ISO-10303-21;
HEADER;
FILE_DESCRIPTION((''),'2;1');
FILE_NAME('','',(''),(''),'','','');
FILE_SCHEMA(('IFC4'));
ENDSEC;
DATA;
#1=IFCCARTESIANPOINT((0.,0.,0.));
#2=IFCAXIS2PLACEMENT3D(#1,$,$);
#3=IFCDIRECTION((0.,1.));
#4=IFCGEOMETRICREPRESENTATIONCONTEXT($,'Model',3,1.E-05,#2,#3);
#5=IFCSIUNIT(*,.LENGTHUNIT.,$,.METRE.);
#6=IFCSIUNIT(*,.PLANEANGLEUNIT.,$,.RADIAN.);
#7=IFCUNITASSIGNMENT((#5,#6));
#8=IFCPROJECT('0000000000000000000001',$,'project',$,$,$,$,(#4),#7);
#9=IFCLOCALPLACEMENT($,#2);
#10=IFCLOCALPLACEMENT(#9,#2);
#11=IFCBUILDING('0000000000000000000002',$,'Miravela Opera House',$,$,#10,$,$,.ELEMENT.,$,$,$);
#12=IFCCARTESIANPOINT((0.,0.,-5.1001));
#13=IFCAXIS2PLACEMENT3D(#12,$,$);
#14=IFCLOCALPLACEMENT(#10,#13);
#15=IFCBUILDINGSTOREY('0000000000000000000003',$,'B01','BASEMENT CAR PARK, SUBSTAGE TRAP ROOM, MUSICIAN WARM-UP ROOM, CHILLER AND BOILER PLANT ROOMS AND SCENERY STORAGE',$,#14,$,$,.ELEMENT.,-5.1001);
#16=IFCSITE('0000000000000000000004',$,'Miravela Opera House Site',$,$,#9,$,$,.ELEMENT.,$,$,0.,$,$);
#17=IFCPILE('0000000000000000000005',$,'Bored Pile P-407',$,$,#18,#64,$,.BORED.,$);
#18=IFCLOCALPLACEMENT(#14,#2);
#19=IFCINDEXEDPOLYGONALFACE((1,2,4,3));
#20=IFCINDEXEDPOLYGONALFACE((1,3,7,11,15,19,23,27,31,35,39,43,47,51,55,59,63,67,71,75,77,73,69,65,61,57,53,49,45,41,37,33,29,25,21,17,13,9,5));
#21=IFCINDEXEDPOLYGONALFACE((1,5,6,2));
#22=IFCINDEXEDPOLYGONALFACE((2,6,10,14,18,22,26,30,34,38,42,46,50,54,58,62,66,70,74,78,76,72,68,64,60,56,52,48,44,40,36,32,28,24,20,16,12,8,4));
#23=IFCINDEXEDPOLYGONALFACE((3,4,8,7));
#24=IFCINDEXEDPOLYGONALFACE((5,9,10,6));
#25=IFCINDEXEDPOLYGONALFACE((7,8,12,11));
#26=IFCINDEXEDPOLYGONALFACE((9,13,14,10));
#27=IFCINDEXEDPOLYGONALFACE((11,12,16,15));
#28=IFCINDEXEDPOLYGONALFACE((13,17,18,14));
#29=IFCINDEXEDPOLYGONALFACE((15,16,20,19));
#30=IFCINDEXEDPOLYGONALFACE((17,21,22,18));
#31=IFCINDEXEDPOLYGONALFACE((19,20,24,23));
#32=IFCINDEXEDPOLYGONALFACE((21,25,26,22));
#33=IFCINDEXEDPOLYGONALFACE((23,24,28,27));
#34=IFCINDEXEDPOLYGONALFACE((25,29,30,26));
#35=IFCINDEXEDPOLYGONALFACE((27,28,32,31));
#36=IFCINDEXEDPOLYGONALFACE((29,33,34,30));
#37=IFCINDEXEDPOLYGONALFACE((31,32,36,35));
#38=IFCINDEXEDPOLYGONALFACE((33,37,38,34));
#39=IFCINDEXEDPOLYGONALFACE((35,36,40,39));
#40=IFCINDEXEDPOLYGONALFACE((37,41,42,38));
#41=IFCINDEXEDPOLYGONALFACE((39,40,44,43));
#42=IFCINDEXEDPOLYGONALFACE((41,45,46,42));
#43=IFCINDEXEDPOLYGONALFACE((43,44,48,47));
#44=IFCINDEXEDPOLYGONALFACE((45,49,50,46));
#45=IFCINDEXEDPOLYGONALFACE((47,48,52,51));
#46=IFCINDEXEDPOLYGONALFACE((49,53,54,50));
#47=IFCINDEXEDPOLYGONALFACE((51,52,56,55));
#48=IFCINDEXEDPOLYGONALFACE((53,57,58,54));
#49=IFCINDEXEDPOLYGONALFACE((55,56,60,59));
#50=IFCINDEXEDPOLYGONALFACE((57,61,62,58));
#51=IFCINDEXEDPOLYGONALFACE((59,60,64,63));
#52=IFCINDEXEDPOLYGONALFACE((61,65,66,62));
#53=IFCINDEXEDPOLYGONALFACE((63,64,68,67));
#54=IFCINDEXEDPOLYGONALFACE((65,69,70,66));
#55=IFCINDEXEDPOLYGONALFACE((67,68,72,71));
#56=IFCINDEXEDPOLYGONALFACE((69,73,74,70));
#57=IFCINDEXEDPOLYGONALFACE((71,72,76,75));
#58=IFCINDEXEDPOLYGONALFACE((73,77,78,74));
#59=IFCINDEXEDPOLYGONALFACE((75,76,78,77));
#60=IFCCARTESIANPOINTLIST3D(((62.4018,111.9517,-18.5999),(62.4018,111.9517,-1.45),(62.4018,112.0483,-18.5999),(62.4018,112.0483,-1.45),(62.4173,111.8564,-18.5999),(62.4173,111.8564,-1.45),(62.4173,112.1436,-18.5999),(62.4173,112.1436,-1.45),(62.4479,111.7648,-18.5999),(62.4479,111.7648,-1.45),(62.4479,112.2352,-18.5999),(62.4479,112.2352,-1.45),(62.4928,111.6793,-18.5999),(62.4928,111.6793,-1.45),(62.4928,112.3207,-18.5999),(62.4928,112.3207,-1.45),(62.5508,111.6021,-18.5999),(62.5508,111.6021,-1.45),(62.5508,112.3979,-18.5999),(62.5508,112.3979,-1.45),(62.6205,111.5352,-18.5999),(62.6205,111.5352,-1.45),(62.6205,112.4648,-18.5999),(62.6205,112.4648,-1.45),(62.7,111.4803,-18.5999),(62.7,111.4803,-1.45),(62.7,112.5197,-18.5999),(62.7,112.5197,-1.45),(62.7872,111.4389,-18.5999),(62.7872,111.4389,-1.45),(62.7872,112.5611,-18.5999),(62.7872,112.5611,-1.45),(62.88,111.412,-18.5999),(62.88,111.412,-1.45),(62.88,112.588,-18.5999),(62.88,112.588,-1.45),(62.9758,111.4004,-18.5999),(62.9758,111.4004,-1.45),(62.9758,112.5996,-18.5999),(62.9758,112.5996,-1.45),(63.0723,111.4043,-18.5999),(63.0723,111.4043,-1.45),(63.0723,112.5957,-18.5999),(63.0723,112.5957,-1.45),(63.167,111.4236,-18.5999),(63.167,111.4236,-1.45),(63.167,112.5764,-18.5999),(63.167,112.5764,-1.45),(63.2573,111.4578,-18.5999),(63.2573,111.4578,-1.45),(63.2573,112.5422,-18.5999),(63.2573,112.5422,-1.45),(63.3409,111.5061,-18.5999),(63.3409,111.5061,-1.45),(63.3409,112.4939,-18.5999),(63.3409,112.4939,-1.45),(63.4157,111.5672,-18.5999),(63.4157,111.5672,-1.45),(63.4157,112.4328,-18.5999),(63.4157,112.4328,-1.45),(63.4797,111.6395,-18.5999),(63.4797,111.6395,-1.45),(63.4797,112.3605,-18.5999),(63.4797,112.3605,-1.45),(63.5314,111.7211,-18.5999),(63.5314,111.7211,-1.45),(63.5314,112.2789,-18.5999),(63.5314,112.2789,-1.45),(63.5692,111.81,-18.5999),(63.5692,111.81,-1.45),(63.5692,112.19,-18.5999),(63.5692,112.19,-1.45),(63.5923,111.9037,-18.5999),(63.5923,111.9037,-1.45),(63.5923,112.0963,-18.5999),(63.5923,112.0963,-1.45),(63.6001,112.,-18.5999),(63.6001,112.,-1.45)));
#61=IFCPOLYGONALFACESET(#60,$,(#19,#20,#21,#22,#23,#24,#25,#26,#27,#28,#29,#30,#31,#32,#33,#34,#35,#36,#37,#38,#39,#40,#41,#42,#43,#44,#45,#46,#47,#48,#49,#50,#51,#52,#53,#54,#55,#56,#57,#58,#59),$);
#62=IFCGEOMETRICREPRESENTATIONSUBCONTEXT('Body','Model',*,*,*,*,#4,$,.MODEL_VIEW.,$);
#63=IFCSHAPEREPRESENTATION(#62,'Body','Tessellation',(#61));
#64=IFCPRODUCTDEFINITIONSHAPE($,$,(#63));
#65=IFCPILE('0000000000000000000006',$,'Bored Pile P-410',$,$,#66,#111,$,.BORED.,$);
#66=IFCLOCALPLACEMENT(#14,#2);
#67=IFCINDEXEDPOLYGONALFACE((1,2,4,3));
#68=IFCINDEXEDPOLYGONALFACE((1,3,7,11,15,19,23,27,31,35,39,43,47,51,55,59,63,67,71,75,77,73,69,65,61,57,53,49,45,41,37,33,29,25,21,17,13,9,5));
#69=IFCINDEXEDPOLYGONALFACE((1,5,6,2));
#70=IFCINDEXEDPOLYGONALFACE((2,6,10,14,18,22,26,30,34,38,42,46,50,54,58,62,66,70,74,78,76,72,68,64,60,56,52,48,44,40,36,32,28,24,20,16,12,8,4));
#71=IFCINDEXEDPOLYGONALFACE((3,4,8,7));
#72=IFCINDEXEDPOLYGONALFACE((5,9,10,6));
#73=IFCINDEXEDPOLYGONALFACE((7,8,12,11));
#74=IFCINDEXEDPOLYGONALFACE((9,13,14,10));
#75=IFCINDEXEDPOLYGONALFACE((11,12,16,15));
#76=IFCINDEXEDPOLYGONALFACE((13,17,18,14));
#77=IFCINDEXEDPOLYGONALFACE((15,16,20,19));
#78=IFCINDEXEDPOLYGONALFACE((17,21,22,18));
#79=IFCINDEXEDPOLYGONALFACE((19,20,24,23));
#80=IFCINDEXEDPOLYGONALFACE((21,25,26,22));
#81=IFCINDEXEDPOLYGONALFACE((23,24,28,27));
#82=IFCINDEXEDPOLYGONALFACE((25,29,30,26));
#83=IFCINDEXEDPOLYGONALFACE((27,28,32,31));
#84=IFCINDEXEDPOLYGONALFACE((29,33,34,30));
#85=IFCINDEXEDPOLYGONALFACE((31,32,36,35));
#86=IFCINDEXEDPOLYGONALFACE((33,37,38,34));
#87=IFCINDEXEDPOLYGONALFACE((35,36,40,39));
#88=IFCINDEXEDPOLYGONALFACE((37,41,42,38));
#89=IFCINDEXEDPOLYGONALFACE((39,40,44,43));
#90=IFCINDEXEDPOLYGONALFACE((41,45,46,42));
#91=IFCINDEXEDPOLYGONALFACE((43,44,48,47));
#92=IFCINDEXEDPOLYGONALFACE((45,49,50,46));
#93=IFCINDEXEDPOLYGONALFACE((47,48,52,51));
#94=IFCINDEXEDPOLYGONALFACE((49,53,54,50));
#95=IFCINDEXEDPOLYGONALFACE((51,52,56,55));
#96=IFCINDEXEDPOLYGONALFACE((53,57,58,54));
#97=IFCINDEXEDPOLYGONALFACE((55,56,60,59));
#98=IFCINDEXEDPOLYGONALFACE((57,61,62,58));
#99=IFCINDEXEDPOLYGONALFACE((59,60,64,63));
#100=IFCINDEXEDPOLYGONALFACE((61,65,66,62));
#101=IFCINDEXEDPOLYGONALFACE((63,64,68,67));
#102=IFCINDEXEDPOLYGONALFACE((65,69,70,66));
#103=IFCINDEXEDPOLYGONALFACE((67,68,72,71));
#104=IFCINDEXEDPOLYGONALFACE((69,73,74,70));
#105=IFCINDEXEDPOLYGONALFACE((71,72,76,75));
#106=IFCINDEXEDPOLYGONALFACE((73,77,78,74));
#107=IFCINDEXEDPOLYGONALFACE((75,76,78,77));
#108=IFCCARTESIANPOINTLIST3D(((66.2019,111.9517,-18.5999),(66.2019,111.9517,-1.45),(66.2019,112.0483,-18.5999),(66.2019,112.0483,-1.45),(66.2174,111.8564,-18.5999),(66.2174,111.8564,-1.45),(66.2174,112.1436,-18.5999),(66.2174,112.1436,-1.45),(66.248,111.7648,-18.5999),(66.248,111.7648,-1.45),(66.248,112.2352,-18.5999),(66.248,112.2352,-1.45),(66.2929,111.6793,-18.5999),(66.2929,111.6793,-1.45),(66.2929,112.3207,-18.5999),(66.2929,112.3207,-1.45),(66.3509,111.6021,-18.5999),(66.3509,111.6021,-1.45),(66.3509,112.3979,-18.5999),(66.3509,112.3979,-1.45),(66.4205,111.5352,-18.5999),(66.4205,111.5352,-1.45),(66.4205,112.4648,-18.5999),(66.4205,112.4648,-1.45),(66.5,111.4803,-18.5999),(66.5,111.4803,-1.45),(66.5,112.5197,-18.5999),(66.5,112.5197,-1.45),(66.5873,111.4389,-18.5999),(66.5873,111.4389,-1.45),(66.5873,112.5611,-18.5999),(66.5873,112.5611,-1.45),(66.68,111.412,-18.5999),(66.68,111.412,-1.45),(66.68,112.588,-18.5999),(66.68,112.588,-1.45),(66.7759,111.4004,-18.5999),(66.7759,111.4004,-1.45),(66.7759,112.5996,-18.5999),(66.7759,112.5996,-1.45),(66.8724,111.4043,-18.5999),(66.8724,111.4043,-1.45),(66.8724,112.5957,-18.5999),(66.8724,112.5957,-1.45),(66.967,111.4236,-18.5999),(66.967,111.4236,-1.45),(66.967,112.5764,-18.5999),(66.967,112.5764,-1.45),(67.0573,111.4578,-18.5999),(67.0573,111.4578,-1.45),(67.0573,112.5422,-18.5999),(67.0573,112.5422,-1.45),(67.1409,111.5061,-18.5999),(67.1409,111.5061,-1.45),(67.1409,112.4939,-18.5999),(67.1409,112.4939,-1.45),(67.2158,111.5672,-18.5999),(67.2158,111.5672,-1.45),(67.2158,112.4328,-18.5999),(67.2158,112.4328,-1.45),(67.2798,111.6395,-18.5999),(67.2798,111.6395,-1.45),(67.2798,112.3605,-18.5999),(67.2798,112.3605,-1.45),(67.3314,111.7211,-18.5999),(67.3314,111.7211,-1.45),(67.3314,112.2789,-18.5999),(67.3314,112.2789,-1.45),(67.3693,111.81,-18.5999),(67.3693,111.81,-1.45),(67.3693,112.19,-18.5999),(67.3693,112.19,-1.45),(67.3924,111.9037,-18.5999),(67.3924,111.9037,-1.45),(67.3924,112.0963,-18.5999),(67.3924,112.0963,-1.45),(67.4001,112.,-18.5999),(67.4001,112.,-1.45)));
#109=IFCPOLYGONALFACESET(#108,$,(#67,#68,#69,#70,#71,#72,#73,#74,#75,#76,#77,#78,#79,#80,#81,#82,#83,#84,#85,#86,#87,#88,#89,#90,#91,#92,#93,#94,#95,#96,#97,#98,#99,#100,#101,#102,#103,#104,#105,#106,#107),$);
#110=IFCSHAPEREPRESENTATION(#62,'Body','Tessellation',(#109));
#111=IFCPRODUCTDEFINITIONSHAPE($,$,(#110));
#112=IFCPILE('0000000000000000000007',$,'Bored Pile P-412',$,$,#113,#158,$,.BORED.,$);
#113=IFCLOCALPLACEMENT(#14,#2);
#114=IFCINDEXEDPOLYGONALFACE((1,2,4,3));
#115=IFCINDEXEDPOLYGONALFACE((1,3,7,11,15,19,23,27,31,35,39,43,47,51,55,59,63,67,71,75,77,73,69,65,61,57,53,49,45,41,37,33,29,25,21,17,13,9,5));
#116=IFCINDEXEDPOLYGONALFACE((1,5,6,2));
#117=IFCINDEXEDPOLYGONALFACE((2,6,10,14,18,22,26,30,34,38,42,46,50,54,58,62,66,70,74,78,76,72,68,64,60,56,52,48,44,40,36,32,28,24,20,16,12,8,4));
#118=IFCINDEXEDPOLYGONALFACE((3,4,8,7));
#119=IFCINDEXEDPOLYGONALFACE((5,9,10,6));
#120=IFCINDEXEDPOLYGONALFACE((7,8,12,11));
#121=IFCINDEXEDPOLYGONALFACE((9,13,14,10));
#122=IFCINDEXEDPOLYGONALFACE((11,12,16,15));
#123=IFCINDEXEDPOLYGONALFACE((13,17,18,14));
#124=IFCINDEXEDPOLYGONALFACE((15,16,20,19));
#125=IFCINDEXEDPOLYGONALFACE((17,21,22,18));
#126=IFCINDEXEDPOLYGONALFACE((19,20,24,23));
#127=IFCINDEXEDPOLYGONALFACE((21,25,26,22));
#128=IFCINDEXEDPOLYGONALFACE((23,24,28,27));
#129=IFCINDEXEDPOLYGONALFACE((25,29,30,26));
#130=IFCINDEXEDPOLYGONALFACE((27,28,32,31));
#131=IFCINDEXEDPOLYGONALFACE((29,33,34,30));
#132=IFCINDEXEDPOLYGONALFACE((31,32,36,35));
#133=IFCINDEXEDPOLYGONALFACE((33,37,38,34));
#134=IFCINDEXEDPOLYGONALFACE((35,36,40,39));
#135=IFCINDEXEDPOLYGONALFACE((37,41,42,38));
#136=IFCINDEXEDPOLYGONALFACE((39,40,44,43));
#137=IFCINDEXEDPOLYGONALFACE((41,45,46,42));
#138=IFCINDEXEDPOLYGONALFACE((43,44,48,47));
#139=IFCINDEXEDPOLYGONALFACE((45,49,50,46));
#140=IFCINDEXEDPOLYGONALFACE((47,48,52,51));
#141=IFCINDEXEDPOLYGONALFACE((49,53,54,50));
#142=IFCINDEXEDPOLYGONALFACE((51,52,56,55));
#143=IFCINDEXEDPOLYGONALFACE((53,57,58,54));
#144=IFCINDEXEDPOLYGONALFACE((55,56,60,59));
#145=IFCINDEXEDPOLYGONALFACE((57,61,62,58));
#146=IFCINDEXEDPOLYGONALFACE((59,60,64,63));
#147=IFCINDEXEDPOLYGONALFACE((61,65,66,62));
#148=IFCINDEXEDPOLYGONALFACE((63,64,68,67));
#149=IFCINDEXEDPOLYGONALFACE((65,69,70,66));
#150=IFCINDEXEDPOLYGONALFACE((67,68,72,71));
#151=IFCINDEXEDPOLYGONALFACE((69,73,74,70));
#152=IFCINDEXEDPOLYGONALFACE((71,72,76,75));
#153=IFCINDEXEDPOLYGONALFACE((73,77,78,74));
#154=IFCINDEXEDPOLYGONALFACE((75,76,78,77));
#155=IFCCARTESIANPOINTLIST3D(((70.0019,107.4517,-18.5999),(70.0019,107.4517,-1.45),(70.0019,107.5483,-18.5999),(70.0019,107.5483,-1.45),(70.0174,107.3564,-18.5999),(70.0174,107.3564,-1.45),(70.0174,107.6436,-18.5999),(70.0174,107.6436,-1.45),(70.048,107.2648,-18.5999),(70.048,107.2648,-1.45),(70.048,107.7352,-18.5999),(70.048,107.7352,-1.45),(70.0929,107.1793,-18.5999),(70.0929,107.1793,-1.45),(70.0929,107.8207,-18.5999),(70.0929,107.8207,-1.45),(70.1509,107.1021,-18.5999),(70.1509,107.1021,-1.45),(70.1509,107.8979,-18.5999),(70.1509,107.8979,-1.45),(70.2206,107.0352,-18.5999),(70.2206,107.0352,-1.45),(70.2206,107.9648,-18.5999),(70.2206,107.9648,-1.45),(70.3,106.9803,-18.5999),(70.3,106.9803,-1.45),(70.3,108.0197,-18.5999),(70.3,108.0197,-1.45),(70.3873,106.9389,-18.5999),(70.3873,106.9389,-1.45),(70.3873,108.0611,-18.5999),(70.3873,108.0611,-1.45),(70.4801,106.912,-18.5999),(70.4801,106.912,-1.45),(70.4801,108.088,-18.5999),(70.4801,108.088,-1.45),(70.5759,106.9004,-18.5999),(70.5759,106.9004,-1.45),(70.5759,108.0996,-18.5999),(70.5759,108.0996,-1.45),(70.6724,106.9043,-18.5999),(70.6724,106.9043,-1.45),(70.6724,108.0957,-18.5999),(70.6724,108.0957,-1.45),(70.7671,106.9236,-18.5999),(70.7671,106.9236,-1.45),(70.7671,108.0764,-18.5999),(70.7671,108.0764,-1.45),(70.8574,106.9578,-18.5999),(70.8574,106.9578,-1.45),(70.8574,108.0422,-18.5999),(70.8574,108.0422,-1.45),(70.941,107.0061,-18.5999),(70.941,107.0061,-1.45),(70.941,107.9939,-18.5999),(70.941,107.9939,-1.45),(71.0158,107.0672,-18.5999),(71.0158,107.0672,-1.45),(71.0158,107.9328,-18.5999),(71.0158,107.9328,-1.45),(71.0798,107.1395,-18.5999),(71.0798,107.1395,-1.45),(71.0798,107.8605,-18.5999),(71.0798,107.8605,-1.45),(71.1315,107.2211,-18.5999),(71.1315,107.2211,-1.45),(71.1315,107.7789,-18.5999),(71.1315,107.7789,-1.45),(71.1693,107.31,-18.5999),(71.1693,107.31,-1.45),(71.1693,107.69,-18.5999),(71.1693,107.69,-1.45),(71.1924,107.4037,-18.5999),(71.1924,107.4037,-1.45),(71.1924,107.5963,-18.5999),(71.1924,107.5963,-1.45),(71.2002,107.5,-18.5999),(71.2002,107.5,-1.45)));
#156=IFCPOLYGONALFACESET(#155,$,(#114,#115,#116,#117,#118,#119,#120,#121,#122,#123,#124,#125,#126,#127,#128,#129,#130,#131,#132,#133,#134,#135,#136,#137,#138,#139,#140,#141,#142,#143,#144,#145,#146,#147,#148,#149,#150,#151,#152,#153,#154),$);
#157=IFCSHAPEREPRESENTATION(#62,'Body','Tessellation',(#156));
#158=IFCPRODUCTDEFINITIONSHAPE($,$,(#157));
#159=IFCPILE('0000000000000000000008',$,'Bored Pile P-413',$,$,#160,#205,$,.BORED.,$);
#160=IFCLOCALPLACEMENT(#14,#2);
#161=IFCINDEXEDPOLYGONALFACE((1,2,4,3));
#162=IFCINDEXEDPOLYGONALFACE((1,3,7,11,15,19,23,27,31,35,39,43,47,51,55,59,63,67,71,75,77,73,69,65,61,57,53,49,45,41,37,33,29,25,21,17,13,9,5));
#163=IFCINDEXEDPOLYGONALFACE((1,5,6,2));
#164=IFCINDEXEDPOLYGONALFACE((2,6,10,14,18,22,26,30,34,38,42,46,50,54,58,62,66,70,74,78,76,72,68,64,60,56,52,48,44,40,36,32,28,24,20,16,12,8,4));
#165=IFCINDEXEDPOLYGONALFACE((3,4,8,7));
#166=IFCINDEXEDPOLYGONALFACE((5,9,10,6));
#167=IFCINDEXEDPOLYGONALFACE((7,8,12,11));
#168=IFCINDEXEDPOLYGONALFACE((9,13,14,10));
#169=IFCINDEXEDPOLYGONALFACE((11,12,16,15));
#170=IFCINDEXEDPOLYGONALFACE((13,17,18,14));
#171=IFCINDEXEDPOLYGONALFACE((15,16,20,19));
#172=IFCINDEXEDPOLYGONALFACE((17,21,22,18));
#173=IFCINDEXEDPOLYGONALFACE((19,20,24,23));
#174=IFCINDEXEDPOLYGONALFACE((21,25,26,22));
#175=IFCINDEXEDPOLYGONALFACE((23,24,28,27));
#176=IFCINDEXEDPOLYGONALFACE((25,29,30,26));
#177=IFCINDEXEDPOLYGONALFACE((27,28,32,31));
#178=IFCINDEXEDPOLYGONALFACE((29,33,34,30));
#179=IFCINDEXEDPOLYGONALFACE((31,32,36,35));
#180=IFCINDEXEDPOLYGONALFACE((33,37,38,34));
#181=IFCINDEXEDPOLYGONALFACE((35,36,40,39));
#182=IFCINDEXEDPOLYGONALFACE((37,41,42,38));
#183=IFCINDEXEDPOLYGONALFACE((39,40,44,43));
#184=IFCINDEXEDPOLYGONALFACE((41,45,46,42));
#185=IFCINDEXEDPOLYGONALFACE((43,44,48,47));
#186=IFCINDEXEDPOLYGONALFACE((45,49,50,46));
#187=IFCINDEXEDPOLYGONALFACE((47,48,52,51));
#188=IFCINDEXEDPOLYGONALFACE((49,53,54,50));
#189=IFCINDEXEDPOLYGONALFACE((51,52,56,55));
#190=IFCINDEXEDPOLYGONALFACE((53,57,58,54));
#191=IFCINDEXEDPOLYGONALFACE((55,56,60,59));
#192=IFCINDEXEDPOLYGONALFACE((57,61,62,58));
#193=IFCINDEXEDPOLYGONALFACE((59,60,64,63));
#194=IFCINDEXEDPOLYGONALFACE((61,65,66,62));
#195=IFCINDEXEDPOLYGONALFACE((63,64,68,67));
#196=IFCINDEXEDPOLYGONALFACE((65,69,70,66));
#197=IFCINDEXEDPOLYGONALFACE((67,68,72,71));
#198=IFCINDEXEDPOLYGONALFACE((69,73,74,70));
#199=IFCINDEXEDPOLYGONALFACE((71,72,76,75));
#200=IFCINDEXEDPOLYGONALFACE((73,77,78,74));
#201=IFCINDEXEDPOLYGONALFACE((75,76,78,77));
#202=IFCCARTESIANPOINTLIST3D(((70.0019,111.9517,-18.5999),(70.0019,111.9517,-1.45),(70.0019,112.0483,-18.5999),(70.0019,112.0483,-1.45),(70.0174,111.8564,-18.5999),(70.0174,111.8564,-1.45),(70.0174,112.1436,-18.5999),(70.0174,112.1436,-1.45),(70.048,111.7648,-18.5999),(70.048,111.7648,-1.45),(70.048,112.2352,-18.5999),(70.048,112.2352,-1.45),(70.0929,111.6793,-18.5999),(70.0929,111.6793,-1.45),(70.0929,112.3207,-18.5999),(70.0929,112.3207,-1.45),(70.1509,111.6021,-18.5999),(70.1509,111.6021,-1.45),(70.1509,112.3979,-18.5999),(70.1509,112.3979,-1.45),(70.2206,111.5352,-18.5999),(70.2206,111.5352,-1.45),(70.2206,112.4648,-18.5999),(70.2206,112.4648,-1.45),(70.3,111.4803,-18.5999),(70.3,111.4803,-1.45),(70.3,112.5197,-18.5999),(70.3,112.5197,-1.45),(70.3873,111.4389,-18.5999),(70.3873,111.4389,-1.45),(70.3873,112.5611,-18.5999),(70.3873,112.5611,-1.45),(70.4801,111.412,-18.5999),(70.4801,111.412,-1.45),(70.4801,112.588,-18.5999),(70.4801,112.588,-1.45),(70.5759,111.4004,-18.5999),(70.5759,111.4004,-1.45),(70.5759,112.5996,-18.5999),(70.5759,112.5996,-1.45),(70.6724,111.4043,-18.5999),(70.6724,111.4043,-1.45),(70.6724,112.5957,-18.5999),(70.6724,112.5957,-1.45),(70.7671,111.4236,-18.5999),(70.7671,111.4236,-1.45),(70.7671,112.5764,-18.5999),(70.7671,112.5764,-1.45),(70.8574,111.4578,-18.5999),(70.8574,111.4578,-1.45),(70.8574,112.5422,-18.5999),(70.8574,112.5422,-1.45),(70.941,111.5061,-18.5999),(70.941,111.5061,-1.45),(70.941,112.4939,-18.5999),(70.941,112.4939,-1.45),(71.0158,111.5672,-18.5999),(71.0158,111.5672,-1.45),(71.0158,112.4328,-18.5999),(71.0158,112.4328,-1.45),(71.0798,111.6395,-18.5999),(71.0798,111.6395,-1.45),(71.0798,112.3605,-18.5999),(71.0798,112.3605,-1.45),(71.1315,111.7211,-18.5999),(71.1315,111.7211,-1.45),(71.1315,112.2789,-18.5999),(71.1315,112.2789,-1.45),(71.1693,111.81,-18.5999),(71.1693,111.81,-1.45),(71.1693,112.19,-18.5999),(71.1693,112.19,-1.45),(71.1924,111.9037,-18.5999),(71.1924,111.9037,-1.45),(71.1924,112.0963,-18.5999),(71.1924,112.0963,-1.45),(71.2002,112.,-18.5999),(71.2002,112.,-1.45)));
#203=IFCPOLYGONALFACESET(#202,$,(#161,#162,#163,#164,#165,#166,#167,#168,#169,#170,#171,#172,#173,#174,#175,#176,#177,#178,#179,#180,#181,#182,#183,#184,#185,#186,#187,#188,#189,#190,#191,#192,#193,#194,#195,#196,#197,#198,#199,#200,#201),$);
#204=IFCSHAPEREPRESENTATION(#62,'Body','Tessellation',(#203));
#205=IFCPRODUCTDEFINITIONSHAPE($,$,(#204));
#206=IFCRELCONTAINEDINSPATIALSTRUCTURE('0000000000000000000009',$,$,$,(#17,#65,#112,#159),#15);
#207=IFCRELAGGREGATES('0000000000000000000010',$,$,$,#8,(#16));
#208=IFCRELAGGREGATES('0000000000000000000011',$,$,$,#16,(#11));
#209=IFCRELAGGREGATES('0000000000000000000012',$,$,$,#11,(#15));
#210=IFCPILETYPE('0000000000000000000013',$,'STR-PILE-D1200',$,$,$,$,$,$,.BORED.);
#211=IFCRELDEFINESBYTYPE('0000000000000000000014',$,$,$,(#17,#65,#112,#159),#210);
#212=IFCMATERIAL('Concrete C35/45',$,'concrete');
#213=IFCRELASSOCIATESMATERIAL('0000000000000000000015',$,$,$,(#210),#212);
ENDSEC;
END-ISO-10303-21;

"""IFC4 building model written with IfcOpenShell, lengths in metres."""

from ifc_helpers import new_model, si_unit, direction, frame, origin, origin_2d, place, context, subcontext, project, spatial, circle, extrude, material, material_profile, profile_set, type_object, element, save


model = new_model("IFC4")

# Units and contexts
model_context = context("Model", 3, precision=1e-05, world=origin(), true_north=direction((0.0, 1.0)))
body_context = subcontext(model_context, "Body", "Model", "MODEL_VIEW")
ifc_project = project(units=[si_unit("LENGTHUNIT", "METRE"), si_unit("PLANEANGLEUNIT", "RADIAN")], contexts=[model_context])

# Site, building, storey
site_placement = place(None, origin())
site = spatial("IfcSite", under=ifc_project, at=site_placement, Name="Miravela Opera House Site", CompositionType="ELEMENT", RefElevation=0.0)
building_placement = place(site_placement, origin())
building = spatial("IfcBuilding", under=site, at=building_placement, Name="Miravela Opera House", CompositionType="ELEMENT")
storey_placement = place(building_placement, frame((0.0, 0.0, -5.1001)))
storey = spatial("IfcBuildingStorey", under=building, at=storey_placement, Name="B01", Description="BASEMENT CAR PARK, SUBSTAGE TRAP ROOM, MUSICIAN WARM-UP ROOM, CHILLER AND BOILER PLANT ROOMS AND SCENERY STORAGE", CompositionType="ELEMENT", Elevation=-5.1001)

# Piles
ifc_material_1 = material(Name="Concrete C35/45", Category="concrete")
ifc_material_profile_1 = material_profile(ifc_material_1, circle(Radius=0.6001, at=origin_2d()), Name="PILE-D1200")
ifc_profile_set_1 = profile_set([ifc_material_profile_1])
pile_type = type_object("IfcPileType", Name="STR-PILE-D1200", PredefinedType="BORED", material=ifc_profile_set_1)
for number, where, z_axis, x_axis, name in (
    (1, (63.0, 112.0, -1.45), (0.0, 0.0, -1.0), (1.0, 0.0, 0.0), "Bored Pile P-407"),
    (2, (66.8, 112.0, -1.45), (0.0, 0.0, -1.0), (1.0, 0.0, 0.0), "Bored Pile P-410"),
    (3, (70.6001, 107.5, -1.45), (0.0, 0.0, -1.0), (1.0, 0.0, 0.0), "Bored Pile P-412"),
    (4, (70.6001, 112.0, -1.45), (0.0, 0.0, -1.0), (1.0, 0.0, 0.0), "Bored Pile P-413"),
):
    element("IfcPile", number, at=place(storey_placement, frame(where, z_axis=z_axis, x_axis=x_axis)), inside=storey, type_object=pile_type, Name=name, PredefinedType="BORED", context=body_context, shape_type="SweptSolid", body=[
        extrude(circle(Radius=0.6001, at=origin_2d()), origin(), (0.0, 0.0, 1.0), 17.1499),
    ])

save(model, "model.ifc")
